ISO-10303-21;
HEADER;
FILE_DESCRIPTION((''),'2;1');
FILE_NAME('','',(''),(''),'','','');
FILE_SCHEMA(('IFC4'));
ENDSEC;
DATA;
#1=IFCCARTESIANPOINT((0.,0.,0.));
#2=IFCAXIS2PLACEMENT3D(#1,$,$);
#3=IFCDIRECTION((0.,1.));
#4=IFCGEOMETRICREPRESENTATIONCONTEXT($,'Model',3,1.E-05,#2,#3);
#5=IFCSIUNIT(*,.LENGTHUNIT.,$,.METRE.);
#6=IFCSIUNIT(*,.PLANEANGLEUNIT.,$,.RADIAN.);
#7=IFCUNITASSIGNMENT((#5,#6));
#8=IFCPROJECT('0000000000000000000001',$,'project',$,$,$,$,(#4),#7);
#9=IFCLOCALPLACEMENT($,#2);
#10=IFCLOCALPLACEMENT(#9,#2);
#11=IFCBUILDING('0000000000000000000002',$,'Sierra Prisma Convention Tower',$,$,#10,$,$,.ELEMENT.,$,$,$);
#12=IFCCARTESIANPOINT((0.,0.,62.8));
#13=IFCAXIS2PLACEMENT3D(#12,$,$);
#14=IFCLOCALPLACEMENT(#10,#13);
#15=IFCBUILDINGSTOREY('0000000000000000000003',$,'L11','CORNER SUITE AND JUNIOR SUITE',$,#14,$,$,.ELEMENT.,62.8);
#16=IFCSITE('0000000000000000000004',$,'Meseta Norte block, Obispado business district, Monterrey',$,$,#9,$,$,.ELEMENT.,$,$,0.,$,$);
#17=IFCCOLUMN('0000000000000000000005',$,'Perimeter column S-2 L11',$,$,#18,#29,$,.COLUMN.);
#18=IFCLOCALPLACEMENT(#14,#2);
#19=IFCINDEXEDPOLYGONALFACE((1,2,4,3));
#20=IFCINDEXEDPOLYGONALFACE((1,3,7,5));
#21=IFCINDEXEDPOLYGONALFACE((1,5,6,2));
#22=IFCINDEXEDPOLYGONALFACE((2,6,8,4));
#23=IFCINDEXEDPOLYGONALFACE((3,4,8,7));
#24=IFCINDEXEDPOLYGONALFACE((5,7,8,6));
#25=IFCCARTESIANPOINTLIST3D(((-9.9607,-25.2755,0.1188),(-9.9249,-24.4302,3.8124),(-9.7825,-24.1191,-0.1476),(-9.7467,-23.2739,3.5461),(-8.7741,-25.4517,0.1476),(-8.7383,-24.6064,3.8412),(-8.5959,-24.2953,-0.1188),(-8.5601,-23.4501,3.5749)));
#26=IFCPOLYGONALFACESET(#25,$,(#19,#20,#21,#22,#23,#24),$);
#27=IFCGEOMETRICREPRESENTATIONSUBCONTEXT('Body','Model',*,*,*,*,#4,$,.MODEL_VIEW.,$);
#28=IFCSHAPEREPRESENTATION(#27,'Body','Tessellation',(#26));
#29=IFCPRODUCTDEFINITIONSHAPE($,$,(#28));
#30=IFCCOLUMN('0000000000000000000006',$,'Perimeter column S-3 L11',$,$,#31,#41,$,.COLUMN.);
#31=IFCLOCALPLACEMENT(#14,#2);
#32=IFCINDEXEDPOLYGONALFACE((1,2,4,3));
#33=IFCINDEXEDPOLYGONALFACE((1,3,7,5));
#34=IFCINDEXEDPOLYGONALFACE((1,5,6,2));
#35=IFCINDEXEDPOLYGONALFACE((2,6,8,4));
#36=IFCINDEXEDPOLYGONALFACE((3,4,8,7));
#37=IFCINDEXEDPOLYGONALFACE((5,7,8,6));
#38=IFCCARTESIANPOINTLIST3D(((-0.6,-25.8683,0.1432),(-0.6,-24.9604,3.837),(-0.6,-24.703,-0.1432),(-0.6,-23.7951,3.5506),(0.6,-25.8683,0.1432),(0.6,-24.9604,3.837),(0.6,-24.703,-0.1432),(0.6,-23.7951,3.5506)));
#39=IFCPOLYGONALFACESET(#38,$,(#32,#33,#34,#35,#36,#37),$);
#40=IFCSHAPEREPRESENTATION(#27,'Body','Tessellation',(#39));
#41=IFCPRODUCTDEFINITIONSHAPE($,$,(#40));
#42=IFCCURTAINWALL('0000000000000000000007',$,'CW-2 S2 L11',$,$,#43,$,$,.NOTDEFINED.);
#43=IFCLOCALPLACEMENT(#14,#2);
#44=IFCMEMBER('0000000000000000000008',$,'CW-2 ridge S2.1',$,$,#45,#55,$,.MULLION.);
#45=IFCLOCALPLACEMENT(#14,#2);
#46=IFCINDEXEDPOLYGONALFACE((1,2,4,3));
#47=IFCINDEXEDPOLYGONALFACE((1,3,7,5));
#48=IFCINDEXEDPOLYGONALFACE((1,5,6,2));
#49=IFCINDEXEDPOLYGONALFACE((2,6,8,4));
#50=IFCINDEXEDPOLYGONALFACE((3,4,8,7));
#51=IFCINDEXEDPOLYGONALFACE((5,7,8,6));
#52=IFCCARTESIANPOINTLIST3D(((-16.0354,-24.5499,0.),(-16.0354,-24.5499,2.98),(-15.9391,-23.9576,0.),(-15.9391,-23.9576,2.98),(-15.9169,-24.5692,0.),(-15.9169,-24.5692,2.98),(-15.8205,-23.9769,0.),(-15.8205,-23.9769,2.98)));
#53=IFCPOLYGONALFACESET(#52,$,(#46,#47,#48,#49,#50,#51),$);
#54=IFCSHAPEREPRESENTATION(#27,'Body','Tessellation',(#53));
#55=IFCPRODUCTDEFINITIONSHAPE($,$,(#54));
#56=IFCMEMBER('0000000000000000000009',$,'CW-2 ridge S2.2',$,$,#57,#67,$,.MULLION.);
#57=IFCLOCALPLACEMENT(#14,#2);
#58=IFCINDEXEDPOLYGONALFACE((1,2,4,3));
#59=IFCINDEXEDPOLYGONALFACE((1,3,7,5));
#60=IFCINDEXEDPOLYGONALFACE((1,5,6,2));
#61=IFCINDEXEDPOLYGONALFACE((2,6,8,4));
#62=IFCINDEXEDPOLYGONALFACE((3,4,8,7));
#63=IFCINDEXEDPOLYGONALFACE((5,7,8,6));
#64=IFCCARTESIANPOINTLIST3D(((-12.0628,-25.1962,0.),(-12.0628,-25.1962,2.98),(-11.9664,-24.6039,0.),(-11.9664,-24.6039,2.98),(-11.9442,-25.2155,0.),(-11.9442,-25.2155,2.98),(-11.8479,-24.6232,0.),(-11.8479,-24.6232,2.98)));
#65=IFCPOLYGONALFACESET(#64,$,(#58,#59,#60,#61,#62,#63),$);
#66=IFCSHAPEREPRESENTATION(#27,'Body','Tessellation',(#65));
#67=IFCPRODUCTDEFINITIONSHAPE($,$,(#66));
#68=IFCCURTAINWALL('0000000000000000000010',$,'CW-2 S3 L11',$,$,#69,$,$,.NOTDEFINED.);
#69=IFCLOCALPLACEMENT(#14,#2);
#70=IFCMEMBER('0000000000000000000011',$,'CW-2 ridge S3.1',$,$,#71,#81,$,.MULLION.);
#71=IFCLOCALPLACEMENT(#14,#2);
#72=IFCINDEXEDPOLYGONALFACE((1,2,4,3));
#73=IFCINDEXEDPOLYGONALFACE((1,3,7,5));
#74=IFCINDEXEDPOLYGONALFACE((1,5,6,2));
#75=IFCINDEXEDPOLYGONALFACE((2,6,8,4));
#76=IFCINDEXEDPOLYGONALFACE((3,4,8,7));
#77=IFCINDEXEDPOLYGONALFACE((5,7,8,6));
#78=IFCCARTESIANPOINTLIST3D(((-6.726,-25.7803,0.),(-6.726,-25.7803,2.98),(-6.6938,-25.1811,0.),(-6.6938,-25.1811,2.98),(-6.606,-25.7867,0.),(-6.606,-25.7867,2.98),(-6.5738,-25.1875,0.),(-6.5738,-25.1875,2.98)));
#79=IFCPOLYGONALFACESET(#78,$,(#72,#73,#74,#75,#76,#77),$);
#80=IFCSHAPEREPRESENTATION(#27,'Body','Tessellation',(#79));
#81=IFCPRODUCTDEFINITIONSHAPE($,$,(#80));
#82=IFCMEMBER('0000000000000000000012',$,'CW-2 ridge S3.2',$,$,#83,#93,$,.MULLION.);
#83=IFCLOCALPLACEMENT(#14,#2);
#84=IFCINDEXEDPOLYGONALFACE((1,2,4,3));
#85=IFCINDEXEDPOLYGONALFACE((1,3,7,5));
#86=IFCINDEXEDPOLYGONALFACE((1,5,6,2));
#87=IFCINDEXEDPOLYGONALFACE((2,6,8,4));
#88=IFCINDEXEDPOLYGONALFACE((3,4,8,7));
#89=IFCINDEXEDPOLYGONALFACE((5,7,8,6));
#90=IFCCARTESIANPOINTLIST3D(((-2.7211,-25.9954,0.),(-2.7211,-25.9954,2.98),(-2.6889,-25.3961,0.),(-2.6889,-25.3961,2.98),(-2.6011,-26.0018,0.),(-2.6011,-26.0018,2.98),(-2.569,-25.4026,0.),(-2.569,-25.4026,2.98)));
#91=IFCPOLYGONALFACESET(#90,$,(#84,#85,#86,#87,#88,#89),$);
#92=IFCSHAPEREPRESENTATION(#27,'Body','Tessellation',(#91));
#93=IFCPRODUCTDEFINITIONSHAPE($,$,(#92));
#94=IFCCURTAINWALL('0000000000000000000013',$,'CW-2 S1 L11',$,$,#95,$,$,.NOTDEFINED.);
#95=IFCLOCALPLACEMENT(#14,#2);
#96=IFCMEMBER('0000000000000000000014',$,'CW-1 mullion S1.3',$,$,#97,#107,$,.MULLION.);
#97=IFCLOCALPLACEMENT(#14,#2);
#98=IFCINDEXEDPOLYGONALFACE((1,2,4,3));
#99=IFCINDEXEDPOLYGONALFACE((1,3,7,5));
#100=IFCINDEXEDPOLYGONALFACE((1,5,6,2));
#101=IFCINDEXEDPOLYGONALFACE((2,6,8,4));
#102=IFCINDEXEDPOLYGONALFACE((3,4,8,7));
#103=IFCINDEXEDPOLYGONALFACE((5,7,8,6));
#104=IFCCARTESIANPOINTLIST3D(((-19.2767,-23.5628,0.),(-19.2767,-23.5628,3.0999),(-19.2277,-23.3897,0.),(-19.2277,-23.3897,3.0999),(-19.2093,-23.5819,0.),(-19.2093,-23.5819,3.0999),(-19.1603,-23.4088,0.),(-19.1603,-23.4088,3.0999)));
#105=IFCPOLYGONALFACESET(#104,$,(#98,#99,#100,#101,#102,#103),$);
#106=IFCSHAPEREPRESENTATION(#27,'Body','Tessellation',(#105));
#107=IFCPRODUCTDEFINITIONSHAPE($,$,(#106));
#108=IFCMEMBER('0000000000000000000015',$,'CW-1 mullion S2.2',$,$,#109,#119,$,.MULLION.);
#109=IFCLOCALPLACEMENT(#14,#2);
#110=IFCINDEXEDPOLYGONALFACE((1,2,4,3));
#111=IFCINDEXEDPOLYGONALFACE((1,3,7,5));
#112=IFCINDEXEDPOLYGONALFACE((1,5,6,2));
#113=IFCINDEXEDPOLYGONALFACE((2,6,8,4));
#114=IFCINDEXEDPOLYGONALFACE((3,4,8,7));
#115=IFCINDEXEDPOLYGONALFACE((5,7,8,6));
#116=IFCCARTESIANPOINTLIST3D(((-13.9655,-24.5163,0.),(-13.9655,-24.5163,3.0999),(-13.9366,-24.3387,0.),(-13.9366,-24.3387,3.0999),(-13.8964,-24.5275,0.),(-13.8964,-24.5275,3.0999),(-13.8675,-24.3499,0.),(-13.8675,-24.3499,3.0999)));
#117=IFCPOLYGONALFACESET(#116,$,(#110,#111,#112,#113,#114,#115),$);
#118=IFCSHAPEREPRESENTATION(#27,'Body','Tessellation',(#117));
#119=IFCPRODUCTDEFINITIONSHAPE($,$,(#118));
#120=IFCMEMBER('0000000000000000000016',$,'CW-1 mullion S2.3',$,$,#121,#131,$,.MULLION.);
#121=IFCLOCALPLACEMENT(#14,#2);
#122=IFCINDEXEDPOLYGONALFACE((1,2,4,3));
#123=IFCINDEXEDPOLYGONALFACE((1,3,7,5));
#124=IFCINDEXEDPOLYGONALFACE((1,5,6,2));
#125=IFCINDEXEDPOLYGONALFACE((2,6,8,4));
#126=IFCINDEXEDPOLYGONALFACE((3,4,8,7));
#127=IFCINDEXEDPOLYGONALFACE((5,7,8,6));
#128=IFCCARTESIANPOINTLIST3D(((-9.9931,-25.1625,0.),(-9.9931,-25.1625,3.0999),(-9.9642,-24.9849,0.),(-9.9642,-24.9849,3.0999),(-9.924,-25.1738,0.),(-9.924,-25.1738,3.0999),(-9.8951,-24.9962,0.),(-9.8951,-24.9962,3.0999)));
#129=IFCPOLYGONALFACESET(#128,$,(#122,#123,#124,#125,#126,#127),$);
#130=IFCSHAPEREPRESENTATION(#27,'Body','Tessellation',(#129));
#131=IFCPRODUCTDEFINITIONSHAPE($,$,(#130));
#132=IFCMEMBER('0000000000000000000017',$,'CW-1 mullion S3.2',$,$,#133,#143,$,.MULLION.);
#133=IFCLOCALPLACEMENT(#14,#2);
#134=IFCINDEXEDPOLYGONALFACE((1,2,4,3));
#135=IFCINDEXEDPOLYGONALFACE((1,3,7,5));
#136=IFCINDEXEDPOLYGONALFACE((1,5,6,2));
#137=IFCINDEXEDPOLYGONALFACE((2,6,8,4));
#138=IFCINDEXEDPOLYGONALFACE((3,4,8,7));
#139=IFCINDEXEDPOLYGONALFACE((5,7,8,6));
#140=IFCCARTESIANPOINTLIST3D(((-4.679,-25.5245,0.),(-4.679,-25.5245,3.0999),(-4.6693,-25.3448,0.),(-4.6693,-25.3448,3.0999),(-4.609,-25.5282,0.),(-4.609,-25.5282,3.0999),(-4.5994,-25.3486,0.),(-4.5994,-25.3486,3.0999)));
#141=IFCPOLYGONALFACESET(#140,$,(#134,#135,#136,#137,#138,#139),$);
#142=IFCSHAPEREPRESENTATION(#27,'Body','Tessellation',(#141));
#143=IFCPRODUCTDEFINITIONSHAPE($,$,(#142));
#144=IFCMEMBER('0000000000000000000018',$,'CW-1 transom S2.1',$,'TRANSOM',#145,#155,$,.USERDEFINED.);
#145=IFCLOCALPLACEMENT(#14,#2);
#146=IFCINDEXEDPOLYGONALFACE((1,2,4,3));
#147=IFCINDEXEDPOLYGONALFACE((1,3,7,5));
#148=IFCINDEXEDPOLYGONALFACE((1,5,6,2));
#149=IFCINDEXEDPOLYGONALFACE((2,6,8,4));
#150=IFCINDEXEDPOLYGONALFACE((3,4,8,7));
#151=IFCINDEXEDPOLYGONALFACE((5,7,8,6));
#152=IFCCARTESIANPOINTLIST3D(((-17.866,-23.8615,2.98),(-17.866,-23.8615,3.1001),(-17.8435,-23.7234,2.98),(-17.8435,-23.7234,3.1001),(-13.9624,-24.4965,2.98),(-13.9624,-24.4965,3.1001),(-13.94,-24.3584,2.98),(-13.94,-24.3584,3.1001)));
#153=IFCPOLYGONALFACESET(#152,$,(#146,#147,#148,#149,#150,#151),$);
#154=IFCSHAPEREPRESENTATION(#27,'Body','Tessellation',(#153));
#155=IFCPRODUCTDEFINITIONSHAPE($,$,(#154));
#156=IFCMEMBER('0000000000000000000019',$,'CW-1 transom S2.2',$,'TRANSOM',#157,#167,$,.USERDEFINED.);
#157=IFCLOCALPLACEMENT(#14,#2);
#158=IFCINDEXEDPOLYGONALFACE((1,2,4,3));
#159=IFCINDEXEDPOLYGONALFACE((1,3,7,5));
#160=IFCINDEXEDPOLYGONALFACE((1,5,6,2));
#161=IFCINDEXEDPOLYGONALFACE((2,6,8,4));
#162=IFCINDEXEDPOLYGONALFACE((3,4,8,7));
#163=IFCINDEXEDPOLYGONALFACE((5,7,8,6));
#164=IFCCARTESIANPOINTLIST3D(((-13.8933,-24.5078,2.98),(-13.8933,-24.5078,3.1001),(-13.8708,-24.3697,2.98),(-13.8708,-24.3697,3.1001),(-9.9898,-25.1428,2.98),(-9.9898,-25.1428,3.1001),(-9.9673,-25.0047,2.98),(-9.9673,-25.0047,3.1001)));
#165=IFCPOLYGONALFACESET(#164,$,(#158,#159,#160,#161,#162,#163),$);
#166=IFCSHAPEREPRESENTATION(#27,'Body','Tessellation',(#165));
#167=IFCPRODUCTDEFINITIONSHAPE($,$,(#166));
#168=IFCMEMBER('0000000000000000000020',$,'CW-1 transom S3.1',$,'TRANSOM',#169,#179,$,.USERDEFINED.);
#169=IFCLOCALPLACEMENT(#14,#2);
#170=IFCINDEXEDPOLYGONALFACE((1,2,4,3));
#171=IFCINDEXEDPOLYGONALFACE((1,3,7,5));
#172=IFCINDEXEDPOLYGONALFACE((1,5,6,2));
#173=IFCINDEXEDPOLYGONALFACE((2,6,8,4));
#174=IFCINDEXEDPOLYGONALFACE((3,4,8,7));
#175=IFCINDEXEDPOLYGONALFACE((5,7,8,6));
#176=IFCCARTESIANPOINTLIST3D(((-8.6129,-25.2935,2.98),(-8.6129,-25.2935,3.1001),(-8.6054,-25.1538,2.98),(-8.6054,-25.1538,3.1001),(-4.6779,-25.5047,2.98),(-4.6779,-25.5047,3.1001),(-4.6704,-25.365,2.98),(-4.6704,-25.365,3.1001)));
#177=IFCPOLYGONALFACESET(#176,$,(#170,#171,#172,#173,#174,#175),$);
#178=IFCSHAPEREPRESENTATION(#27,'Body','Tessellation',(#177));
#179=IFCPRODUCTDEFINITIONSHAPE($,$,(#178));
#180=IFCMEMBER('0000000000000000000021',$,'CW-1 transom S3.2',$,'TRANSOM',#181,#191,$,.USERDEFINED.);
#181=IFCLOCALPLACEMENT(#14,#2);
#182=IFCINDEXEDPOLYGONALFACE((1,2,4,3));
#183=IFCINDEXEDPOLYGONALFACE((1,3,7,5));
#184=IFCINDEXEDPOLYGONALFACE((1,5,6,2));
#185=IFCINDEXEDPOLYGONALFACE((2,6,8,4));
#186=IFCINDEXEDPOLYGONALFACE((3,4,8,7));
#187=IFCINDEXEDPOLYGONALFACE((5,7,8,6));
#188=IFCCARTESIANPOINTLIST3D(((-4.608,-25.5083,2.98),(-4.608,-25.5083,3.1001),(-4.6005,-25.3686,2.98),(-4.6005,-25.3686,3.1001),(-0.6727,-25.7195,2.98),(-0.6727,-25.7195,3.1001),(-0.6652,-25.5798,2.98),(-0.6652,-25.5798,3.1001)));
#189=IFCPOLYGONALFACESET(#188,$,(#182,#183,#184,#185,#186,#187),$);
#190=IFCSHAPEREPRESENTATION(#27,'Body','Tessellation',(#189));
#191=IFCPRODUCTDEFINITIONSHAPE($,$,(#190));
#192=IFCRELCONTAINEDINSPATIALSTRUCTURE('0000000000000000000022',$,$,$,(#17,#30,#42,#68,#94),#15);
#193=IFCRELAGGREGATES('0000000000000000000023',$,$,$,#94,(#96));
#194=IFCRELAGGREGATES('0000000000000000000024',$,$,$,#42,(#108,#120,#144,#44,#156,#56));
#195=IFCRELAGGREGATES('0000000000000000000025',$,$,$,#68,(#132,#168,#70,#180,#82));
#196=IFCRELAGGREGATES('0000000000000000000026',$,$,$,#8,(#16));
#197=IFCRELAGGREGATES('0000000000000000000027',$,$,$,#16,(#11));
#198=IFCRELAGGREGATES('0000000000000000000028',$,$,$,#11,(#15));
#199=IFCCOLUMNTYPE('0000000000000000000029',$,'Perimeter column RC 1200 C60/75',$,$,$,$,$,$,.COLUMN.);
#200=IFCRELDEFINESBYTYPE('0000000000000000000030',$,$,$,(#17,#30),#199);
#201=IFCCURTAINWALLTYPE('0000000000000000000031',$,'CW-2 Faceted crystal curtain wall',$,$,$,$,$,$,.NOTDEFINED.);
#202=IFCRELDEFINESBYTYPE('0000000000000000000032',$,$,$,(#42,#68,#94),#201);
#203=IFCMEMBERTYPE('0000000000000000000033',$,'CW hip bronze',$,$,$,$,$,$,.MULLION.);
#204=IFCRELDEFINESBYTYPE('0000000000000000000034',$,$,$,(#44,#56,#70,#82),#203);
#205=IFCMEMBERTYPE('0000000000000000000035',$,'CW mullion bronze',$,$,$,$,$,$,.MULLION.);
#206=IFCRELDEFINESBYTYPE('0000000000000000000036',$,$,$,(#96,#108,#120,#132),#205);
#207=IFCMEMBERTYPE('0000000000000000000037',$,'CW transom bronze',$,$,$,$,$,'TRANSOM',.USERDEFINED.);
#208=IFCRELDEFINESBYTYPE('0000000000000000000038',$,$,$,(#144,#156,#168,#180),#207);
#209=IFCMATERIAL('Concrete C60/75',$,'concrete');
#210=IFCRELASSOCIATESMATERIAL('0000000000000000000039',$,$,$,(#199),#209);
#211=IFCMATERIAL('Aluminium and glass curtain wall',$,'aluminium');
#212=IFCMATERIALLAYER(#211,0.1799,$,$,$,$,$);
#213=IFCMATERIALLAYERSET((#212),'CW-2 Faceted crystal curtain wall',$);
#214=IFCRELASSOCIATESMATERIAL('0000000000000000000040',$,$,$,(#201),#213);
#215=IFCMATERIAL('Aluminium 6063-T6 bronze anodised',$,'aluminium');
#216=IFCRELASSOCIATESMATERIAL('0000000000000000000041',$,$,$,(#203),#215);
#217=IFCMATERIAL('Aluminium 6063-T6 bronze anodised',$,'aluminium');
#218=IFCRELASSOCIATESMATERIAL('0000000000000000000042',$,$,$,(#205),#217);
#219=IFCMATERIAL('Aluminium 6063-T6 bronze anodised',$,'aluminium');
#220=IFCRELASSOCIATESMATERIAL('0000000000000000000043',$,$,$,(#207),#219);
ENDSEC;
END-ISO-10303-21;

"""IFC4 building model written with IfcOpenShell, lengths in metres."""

from ifc_helpers import new_model, si_unit, direction, frame, origin, origin_2d, place, context, subcontext, project, spatial, rectangle, extrude, clip, halfspace, material, layer, layer_set, material_profile, profile_set, type_object, element, aggregate, save


model = new_model("IFC4")

# Units and contexts
model_context = context("Model", 3, precision=1e-05, world=origin(), true_north=direction((0.0, 1.0)))
body_context = subcontext(model_context, "Body", "Model", "MODEL_VIEW")
ifc_project = project(units=[si_unit("LENGTHUNIT", "METRE"), si_unit("PLANEANGLEUNIT", "RADIAN")], contexts=[model_context])

# Site, building, storey
site_placement = place(None, origin())
site = spatial("IfcSite", under=ifc_project, at=site_placement, Name="Meseta Norte block, Obispado business district, Monterrey", CompositionType="ELEMENT", RefElevation=0.0)
building_placement = place(site_placement, origin())
building = spatial("IfcBuilding", under=site, at=building_placement, Name="Sierra Prisma Convention Tower", CompositionType="ELEMENT")
storey_placement = place(building_placement, frame((0.0, 0.0, 62.8)))
storey = spatial("IfcBuildingStorey", under=building, at=storey_placement, Name="L11", Description="CORNER SUITE AND JUNIOR SUITE", CompositionType="ELEMENT", Elevation=62.8)

# Columns
ifc_material_1 = material(Name="Concrete C60/75", Category="concrete")
ifc_material_profile_1 = material_profile(ifc_material_1, rectangle(XDim=1.2, YDim=1.2, at=origin_2d()), Name="Perimeter column RC 1200 C60/75")
ifc_profile_set_1 = profile_set([ifc_material_profile_1], Name="Concrete C60/75")
column_type = type_object("IfcColumnType", Name="Perimeter column RC 1200 C60/75", PredefinedType="COLUMN", material=ifc_profile_set_1)
column_1_placement = place(storey_placement, frame((-9.2783, -24.7854, 0.0), z_axis=(0.009455, 0.223059, 0.974759), x_axis=(0.988869, -0.146837, 0.02401)))
element("IfcColumn", 1, at=column_1_placement, inside=storey, type_object=column_type, Name="Perimeter column S-2 L11", PredefinedType="COLUMN", context=body_context, shape_type="SweptSolid", body=[
    clip(extrude(rectangle(XDim=1.2, YDim=1.2, at=origin_2d()), origin(), (0.0, 0.0, 1.0), 3.7957), halfspace(frame((0.0, 0.0, 3.7893)), False)),
])
column_2_placement = place(storey_placement, frame((0.0, -25.2856, 0.0), z_axis=(0.0, 0.238689, 0.971096), x_axis=(-1.0, 0.0, 0.0)))
element("IfcColumn", 2, at=column_2_placement, inside=storey, type_object=column_type, Name="Perimeter column S-3 L11", PredefinedType="COLUMN", context=body_context, shape_type="SweptSolid", body=[
    clip(extrude(rectangle(XDim=1.2, YDim=1.2, at=origin_2d()), origin(), (0.0, 0.0, 1.0), 3.8101), halfspace(frame((0.0, 0.0, 3.8037)), False)),
])

# Curtain walls, members
ifc_material_2 = material(Name="Aluminium and glass curtain wall", Category="aluminium")
ifc_layer_1 = layer(ifc_material_2, 0.1799)
ifc_layer_set_1 = layer_set([ifc_layer_1], Name="CW-2 Faceted crystal curtain wall")
curtain_wall_type = type_object("IfcCurtainWallType", Name="CW-2 Faceted crystal curtain wall", PredefinedType="NOTDEFINED", material=ifc_layer_set_1)
curtain_wall_1_placement = place(storey_placement, origin())
curtain_wall_1 = element("IfcCurtainWall", 3, at=curtain_wall_1_placement, inside=storey, type_object=curtain_wall_type, Name="CW-2 S2 L11", PredefinedType="NOTDEFINED")
ifc_material_3 = material(Name="Aluminium 6063-T6 bronze anodised", Category="aluminium")
ifc_material_profile_2 = material_profile(ifc_material_3, rectangle(XDim=0.1201, YDim=0.6001, at=origin_2d()), Name="ALU RIDGE BLADE 120x600")
ifc_profile_set_2 = profile_set([ifc_material_profile_2], Name="Aluminium 6063-T6 bronze anodised")
member_type_1 = type_object("IfcMemberType", Name="CW hip bronze", PredefinedType="MULLION", material=ifc_profile_set_2)
member_1_placement = place(storey_placement, frame((-15.928, -24.2634, 0.0), z_axis=(0.0, 0.0, 1.0), x_axis=(0.987025, -0.160569, 0.0)))
member_1 = element("IfcMember", 4, at=member_1_placement, type_object=member_type_1, Name="CW-2 ridge S2.1", PredefinedType="MULLION", context=body_context, shape_type="SweptSolid", body=[
    extrude(rectangle(XDim=0.1201, YDim=0.6001, at=origin_2d()), origin(), (0.0, 0.0, 1.0), 2.98),
])
member_2_placement = place(storey_placement, frame((-11.9553, -24.9097, 0.0), z_axis=(0.0, 0.0, 1.0), x_axis=(0.987025, -0.160569, 0.0)))
member_2 = element("IfcMember", 5, at=member_2_placement, type_object=member_type_1, Name="CW-2 ridge S2.2", PredefinedType="MULLION", context=body_context, shape_type="SweptSolid", body=[
    extrude(rectangle(XDim=0.1201, YDim=0.6001, at=origin_2d()), origin(), (0.0, 0.0, 1.0), 2.98),
])
curtain_wall_2_placement = place(storey_placement, origin())
curtain_wall_2 = element("IfcCurtainWall", 6, at=curtain_wall_2_placement, inside=storey, type_object=curtain_wall_type, Name="CW-2 S3 L11", PredefinedType="NOTDEFINED")
member_3_placement = place(storey_placement, frame((-6.6499, -25.4839, 0.0), z_axis=(0.0, 0.0, 1.0), x_axis=(0.998562, -0.0536, 0.0)))
member_3 = element("IfcMember", 7, at=member_3_placement, type_object=member_type_1, Name="CW-2 ridge S3.1", PredefinedType="MULLION", context=body_context, shape_type="SweptSolid", body=[
    extrude(rectangle(XDim=0.1201, YDim=0.6001, at=origin_2d()), origin(), (0.0, 0.0, 1.0), 2.98),
])
member_4_placement = place(storey_placement, frame((-2.645, -25.699, 0.0), z_axis=(0.0, 0.0, 1.0), x_axis=(0.998562, -0.0536, 0.0)))
member_4 = element("IfcMember", 8, at=member_4_placement, type_object=member_type_1, Name="CW-2 ridge S3.2", PredefinedType="MULLION", context=body_context, shape_type="SweptSolid", body=[
    extrude(rectangle(XDim=0.1201, YDim=0.6001, at=origin_2d()), origin(), (0.0, 0.0, 1.0), 2.98),
])

# Curtain wall, member
curtain_wall_3_placement = place(storey_placement, origin())
curtain_wall_3 = element("IfcCurtainWall", 9, at=curtain_wall_3_placement, inside=storey, type_object=curtain_wall_type, Name="CW-2 S1 L11", PredefinedType="NOTDEFINED")
ifc_material_4 = material(Name="Aluminium 6063-T6 bronze anodised", Category="aluminium")
ifc_material_profile_3 = material_profile(ifc_material_4, rectangle(XDim=0.1799, YDim=0.0701, at=origin_2d()), Name="ALU MULLION 70x180")
ifc_profile_set_3 = profile_set([ifc_material_profile_3], Name="Aluminium 6063-T6 bronze anodised")
member_type_2 = type_object("IfcMemberType", Name="CW mullion bronze", PredefinedType="MULLION", material=ifc_profile_set_3)
member_5_placement = place(storey_placement, frame((-19.2185, -23.4858, 0.0), z_axis=(0.0, 0.0, 1.0), x_axis=(0.272588, 0.962131, 0.0)))
member_5 = element("IfcMember", 10, at=member_5_placement, type_object=member_type_2, Name="CW-1 mullion S1.3", PredefinedType="MULLION", context=body_context, shape_type="SweptSolid", body=[
    extrude(rectangle(XDim=0.1799, YDim=0.0701, at=origin_2d()), origin(), (0.0, 0.0, 1.0), 3.0999),
])
aggregate(curtain_wall_3, [member_5])

# Members
member_6_placement = place(storey_placement, frame((-13.9165, -24.4331, 0.0), z_axis=(0.0, 0.0, 1.0), x_axis=(0.160569, 0.987025, 0.0)))
member_6 = element("IfcMember", 11, at=member_6_placement, type_object=member_type_2, Name="CW-1 mullion S2.2", PredefinedType="MULLION", context=body_context, shape_type="SweptSolid", body=[
    extrude(rectangle(XDim=0.1799, YDim=0.0701, at=origin_2d()), origin(), (0.0, 0.0, 1.0), 3.0999),
])
member_7_placement = place(storey_placement, frame((-9.9441, -25.0793, 0.0), z_axis=(0.0, 0.0, 1.0), x_axis=(0.160569, 0.987025, 0.0)))
member_7 = element("IfcMember", 12, at=member_7_placement, type_object=member_type_2, Name="CW-1 mullion S2.3", PredefinedType="MULLION", context=body_context, shape_type="SweptSolid", body=[
    extrude(rectangle(XDim=0.1799, YDim=0.0701, at=origin_2d()), origin(), (0.0, 0.0, 1.0), 3.0999),
])
member_8_placement = place(storey_placement, frame((-4.6392, -25.4365, 0.0), z_axis=(0.0, 0.0, 1.0), x_axis=(0.0536, 0.998562, 0.0)))
member_8 = element("IfcMember", 13, at=member_8_placement, type_object=member_type_2, Name="CW-1 mullion S3.2", PredefinedType="MULLION", context=body_context, shape_type="SweptSolid", body=[
    extrude(rectangle(XDim=0.1799, YDim=0.0701, at=origin_2d()), origin(), (0.0, 0.0, 1.0), 3.0999),
])
ifc_material_5 = material(Name="Aluminium 6063-T6 bronze anodised", Category="aluminium")
ifc_material_profile_4 = material_profile(ifc_material_5, rectangle(XDim=0.1399, YDim=0.1201, at=origin_2d()), Name="ALU TRANSOM 120x140")
ifc_profile_set_4 = profile_set([ifc_material_profile_4], Name="Aluminium 6063-T6 bronze anodised")
member_type_3 = type_object("IfcMemberType", Name="CW transom bronze", ElementType="TRANSOM", PredefinedType="USERDEFINED", material=ifc_profile_set_4)
member_9_placement = place(storey_placement, frame((-17.8547, -23.7925, 3.04), z_axis=(0.987025, -0.160564, 0.0), x_axis=(0.160564, 0.987025, 0.0)))
member_9 = element("IfcMember", 14, at=member_9_placement, type_object=member_type_3, Name="CW-1 transom S2.1", ObjectType="TRANSOM", PredefinedType="USERDEFINED", context=body_context, shape_type="SweptSolid", body=[
    extrude(rectangle(XDim=0.1399, YDim=0.1201, at=origin_2d()), origin(), (0.0, 0.0, 1.0), 3.9548),
])
member_10_placement = place(storey_placement, frame((-13.8821, -24.4387, 3.04), z_axis=(0.987025, -0.160564, 0.0), x_axis=(0.160564, 0.987025, 0.0)))
member_10 = element("IfcMember", 15, at=member_10_placement, type_object=member_type_3, Name="CW-1 transom S2.2", ObjectType="TRANSOM", PredefinedType="USERDEFINED", context=body_context, shape_type="SweptSolid", body=[
    extrude(rectangle(XDim=0.1399, YDim=0.1201, at=origin_2d()), origin(), (0.0, 0.0, 1.0), 3.9548),
])
member_11_placement = place(storey_placement, frame((-8.6091, -25.2236, 3.04), z_axis=(0.998563, -0.05359, 0.0), x_axis=(0.05359, 0.998563, 0.0)))
member_11 = element("IfcMember", 16, at=member_11_placement, type_object=member_type_3, Name="CW-1 transom S3.1", ObjectType="TRANSOM", PredefinedType="USERDEFINED", context=body_context, shape_type="SweptSolid", body=[
    extrude(rectangle(XDim=0.1399, YDim=0.1201, at=origin_2d()), origin(), (0.0, 0.0, 1.0), 3.9407),
])
member_12_placement = place(storey_placement, frame((-4.6042, -25.4385, 3.04), z_axis=(0.998563, -0.053586, 0.0), x_axis=(0.053586, 0.998563, 0.0)))
member_12 = element("IfcMember", 17, at=member_12_placement, type_object=member_type_3, Name="CW-1 transom S3.2", ObjectType="TRANSOM", PredefinedType="USERDEFINED", context=body_context, shape_type="SweptSolid", body=[
    extrude(rectangle(XDim=0.1399, YDim=0.1201, at=origin_2d()), origin(), (0.0, 0.0, 1.0), 3.9409),
])

aggregate(curtain_wall_1, [member_6, member_7, member_9, member_1, member_10, member_2])
aggregate(curtain_wall_2, [member_8, member_11, member_3, member_12, member_4])

save(model, "model.ifc")
